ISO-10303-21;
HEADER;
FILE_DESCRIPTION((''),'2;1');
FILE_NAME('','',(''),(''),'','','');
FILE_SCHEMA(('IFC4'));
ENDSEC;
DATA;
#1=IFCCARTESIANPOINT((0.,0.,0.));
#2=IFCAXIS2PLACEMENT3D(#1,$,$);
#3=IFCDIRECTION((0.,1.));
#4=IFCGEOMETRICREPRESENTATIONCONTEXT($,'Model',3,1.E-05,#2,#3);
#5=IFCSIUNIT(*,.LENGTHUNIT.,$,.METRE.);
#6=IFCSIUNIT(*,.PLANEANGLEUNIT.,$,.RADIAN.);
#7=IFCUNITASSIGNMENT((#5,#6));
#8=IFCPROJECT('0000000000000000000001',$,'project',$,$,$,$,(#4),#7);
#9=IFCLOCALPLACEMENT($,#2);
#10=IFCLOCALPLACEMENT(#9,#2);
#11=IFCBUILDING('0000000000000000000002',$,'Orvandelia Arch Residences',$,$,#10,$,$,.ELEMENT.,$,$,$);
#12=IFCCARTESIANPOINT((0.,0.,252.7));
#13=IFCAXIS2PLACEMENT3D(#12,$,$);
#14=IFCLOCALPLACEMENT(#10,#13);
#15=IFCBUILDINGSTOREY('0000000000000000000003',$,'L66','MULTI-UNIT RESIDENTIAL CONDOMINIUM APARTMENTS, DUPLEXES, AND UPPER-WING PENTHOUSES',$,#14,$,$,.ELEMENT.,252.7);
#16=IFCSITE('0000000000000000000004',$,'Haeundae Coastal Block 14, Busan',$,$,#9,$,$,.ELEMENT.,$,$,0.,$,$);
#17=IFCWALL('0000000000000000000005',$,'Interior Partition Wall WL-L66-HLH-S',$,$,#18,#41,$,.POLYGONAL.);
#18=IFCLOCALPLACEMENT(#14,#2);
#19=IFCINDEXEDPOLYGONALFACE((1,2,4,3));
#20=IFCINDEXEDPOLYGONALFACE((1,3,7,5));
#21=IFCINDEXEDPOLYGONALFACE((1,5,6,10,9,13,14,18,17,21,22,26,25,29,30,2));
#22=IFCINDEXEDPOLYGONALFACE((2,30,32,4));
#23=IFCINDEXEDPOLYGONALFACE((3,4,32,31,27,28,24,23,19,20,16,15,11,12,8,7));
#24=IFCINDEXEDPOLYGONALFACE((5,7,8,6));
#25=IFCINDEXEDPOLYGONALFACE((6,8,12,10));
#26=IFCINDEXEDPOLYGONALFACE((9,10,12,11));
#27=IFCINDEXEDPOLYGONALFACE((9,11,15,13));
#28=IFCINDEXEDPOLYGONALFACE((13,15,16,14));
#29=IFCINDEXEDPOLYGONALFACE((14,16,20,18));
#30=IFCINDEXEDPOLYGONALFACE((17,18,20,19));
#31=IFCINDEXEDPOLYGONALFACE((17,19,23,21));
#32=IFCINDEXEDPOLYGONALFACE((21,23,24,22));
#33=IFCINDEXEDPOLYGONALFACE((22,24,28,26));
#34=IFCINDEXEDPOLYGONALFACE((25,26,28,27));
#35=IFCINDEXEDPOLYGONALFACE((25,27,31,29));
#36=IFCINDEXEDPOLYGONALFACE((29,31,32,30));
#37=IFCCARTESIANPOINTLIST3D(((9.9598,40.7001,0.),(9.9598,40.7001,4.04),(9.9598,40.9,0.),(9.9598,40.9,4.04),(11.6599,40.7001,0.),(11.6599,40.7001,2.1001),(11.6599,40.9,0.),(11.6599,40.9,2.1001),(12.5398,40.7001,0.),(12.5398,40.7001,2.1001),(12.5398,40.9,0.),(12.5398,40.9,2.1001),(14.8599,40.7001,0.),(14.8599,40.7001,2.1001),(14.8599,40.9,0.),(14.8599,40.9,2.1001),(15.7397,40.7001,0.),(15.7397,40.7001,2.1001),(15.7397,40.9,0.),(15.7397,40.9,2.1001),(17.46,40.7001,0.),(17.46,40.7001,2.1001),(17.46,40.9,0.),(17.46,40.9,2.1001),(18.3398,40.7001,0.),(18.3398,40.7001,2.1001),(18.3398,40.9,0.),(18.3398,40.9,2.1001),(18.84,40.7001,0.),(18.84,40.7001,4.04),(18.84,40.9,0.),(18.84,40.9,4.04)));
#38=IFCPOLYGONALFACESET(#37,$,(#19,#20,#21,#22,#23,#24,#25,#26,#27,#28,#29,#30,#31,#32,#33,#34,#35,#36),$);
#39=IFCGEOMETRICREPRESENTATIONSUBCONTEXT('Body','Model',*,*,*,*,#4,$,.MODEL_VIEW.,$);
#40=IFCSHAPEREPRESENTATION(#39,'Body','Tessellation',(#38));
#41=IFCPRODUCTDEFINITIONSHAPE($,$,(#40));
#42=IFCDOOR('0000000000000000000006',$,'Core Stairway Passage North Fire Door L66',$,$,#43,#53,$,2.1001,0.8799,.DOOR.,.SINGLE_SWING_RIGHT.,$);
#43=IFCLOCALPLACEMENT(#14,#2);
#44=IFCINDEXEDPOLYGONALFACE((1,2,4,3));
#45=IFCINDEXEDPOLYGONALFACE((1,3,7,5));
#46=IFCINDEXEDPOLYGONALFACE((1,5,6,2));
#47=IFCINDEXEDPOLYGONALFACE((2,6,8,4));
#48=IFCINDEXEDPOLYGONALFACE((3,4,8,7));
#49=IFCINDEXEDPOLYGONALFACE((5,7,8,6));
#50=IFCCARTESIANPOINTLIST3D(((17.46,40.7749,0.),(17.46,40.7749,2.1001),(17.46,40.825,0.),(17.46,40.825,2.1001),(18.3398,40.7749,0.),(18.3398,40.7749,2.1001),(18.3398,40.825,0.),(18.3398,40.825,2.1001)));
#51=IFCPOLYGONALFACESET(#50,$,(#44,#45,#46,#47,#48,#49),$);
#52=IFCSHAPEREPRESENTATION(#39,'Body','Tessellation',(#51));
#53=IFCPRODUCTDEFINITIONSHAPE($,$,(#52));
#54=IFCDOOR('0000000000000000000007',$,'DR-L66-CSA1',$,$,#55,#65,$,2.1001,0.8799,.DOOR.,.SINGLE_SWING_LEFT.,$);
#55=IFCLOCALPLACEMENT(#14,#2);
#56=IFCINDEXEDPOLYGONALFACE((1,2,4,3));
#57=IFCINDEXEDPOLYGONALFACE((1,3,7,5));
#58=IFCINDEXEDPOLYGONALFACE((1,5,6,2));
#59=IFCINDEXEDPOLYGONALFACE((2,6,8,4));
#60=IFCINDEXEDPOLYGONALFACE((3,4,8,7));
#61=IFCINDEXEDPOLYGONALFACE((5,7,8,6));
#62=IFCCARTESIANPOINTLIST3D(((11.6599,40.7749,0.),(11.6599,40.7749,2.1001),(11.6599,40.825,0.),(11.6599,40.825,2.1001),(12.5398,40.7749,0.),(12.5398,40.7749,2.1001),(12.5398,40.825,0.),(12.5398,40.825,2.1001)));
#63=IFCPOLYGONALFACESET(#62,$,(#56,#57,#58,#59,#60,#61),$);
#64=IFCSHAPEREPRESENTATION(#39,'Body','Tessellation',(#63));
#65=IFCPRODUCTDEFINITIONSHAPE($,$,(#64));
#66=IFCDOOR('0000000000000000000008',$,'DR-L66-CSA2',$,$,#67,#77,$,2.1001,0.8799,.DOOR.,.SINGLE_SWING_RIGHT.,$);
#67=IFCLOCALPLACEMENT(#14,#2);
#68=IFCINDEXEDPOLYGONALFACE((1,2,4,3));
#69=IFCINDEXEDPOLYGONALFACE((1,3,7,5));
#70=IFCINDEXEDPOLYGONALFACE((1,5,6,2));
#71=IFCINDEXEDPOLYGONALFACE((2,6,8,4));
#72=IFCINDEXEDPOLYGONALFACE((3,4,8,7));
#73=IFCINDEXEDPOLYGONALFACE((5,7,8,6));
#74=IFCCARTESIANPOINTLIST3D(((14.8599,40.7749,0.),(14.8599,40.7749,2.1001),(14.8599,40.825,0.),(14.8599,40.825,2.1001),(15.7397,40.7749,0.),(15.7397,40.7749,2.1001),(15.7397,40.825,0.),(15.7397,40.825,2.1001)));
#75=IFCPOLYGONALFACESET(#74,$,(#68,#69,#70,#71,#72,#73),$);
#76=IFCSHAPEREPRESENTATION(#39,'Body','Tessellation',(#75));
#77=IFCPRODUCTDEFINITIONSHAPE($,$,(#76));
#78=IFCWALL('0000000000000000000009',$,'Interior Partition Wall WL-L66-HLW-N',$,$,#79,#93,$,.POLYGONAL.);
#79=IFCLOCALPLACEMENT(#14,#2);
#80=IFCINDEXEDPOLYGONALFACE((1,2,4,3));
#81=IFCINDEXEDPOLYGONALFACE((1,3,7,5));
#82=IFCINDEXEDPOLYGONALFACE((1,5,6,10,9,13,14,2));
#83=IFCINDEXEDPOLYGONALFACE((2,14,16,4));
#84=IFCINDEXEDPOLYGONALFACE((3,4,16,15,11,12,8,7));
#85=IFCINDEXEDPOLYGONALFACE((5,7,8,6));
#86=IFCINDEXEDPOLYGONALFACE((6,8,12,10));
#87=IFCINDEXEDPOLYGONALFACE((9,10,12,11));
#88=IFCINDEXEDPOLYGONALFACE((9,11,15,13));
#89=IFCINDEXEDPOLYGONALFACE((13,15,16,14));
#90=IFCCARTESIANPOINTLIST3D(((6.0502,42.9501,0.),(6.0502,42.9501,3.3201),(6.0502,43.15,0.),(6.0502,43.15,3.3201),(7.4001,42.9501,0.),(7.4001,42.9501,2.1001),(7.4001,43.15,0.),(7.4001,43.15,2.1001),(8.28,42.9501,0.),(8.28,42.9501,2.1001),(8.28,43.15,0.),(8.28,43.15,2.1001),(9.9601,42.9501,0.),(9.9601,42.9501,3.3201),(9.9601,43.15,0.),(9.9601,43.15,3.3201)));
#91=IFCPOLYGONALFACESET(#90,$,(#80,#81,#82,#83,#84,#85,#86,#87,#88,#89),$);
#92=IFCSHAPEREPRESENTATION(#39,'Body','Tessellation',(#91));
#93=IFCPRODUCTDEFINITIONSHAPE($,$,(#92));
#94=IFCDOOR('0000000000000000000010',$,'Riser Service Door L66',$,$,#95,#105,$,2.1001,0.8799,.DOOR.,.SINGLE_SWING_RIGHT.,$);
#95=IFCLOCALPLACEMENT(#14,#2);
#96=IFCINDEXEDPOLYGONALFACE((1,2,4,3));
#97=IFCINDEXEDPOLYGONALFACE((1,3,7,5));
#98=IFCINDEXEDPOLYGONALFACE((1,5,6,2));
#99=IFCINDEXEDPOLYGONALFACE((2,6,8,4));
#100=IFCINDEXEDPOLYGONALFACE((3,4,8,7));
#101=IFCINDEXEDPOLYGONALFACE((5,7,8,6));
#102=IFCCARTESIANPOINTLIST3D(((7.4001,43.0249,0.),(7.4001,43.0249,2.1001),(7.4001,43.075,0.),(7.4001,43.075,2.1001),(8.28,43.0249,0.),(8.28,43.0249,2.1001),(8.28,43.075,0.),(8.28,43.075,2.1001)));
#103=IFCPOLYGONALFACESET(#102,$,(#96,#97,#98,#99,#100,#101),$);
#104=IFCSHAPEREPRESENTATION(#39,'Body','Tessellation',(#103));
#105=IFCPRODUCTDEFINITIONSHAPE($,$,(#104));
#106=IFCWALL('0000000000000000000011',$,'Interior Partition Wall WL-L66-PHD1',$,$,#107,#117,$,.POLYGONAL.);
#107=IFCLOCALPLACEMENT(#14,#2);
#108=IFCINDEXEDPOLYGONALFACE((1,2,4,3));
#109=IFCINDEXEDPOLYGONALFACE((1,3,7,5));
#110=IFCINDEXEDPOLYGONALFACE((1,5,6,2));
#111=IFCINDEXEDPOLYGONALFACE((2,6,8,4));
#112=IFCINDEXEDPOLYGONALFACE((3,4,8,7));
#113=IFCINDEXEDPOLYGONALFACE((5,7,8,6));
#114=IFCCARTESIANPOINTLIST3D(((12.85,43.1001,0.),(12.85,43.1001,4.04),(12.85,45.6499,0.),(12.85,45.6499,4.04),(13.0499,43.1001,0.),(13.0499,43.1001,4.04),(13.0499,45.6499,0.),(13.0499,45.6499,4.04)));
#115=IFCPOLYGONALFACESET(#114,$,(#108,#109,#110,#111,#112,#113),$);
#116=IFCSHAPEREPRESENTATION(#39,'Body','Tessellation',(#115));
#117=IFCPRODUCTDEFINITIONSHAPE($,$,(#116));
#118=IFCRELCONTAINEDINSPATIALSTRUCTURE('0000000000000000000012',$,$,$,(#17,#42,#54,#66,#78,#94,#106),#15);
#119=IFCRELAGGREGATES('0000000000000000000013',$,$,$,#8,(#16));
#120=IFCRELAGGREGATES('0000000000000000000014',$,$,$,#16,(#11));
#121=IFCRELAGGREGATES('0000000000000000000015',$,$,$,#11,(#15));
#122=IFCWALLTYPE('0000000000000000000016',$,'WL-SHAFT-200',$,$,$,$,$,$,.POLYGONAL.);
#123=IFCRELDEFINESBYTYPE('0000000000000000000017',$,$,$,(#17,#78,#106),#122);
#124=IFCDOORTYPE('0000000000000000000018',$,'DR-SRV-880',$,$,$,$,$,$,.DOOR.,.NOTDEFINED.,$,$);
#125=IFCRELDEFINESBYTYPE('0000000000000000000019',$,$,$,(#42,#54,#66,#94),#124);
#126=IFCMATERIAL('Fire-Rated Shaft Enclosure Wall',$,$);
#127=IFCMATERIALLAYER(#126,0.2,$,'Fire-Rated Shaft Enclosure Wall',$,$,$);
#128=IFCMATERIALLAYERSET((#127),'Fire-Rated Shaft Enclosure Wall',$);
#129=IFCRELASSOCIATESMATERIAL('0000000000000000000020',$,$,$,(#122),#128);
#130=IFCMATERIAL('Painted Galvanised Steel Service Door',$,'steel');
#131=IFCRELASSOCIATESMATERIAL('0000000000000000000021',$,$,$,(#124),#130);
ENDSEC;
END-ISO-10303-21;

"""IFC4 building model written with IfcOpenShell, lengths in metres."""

from ifc_helpers import new_model, si_unit, direction, frame, frame_2d, origin, place, context, subcontext, project, spatial, rectangle, extrude, material, layer, layer_set, type_object, element, fill, save


model = new_model("IFC4")

# Units and contexts
model_context = context("Model", 3, precision=1e-05, world=origin(), true_north=direction((0.0, 1.0)))
body_context = subcontext(model_context, "Body", "Model", "MODEL_VIEW")
ifc_project = project(units=[si_unit("LENGTHUNIT", "METRE"), si_unit("PLANEANGLEUNIT", "RADIAN")], contexts=[model_context])

# Site, building, storey
site_placement = place(None, origin())
site = spatial("IfcSite", under=ifc_project, at=site_placement, Name="Haeundae Coastal Block 14, Busan", CompositionType="ELEMENT", RefElevation=0.0)
building_placement = place(site_placement, origin())
building = spatial("IfcBuilding", under=site, at=building_placement, Name="Orvandelia Arch Residences", CompositionType="ELEMENT")
storey_placement = place(building_placement, frame((0.0, 0.0, 252.7)))
storey = spatial("IfcBuildingStorey", under=building, at=storey_placement, Name="L66", Description="MULTI-UNIT RESIDENTIAL CONDOMINIUM APARTMENTS, DUPLEXES, AND UPPER-WING PENTHOUSES", CompositionType="ELEMENT", Elevation=252.7)

# Shared definitions
ifc_material_1 = material(Name="Fire-Rated Shaft Enclosure Wall")
ifc_layer_1 = layer(ifc_material_1, 0.2, Name="Fire-Rated Shaft Enclosure Wall")
ifc_layer_set_1 = layer_set([ifc_layer_1], Name="Fire-Rated Shaft Enclosure Wall")
wall_type_1 = type_object("IfcWallType", Name="WL-SHAFT-200", PredefinedType="POLYGONAL", material=ifc_layer_set_1)

# Wall, openings, doors
wall_1_placement = place(storey_placement, frame((9.96, 40.8, 0.0), z_axis=(0.0, 0.0, 1.0), x_axis=(1.0, 0.0, 0.0)))
wall_1 = element("IfcWall", 1, at=wall_1_placement, inside=storey, type_object=wall_type_1, Name="Interior Partition Wall WL-L66-HLH-S", PredefinedType="POLYGONAL", context=body_context, shape_type="SweptSolid", body=[
    extrude(rectangle(XDim=8.8801, YDim=0.2, at=frame_2d((4.4399, 0.0))), origin(), (0.0, 0.0, 1.0), 4.04),
])
opening_1_placement = place(wall_1_placement, frame((7.5, 0.0, 0.0)))
opening_1 = element("IfcOpeningElement", 2, at=opening_1_placement, cuts=wall_1, PredefinedType="OPENING", context=body_context, shape_type="SweptSolid", body=[
    extrude(rectangle(XDim=0.8799, YDim=2.1001, at=frame_2d((0.4399, 1.05))), frame((0.0, 0.1099, 0.0), z_axis=(0.0, -1.0, 0.0), x_axis=(1.0, 0.0, 0.0)), (0.0, 0.0, 1.0), 0.22),
])
opening_2_placement = place(wall_1_placement, frame((1.7, 0.0, 0.0)))
opening_2 = element("IfcOpeningElement", 3, at=opening_2_placement, cuts=wall_1, PredefinedType="OPENING", context=body_context, shape_type="SweptSolid", body=[
    extrude(rectangle(XDim=0.8799, YDim=2.1001, at=frame_2d((0.4399, 1.05))), frame((0.0, 0.1099, 0.0), z_axis=(0.0, -1.0, 0.0), x_axis=(1.0, 0.0, 0.0)), (0.0, 0.0, 1.0), 0.22),
])
opening_3_placement = place(wall_1_placement, frame((4.8999, 0.0, 0.0)))
opening_3 = element("IfcOpeningElement", 4, at=opening_3_placement, cuts=wall_1, PredefinedType="OPENING", context=body_context, shape_type="SweptSolid", body=[
    extrude(rectangle(XDim=0.8799, YDim=2.1001, at=frame_2d((0.4399, 1.05))), frame((0.0, 0.1099, 0.0), z_axis=(0.0, -1.0, 0.0), x_axis=(1.0, 0.0, 0.0)), (0.0, 0.0, 1.0), 0.22),
])
ifc_material_2 = material(Name="Painted Galvanised Steel Service Door", Category="steel")
door_type_1 = type_object("IfcDoorType", Name="DR-SRV-880", OperationType="NOTDEFINED", PredefinedType="DOOR", material=ifc_material_2)
door_1_placement = place(opening_1_placement, origin())
door_1 = element("IfcDoor", 5, at=door_1_placement, inside=storey, type_object=door_type_1, Name="Core Stairway Passage North Fire Door L66", OperationType="SINGLE_SWING_RIGHT", OverallHeight=2.1001, OverallWidth=0.8799, PredefinedType="DOOR", context=body_context, shape_type="SweptSolid", body=[
    extrude(rectangle(XDim=0.8799, YDim=2.1001, at=frame_2d((0.4399, 1.05))), frame((0.0, 0.0249, 0.0), z_axis=(0.0, -1.0, 0.0), x_axis=(1.0, 0.0, 0.0)), (0.0, 0.0, 1.0), 0.05),
])
fill(opening_1, door_1)
door_2_placement = place(opening_2_placement, origin())
door_2 = element("IfcDoor", 6, at=door_2_placement, inside=storey, type_object=door_type_1, Name="DR-L66-CSA1", OperationType="SINGLE_SWING_LEFT", OverallHeight=2.1001, OverallWidth=0.8799, PredefinedType="DOOR", context=body_context, shape_type="SweptSolid", body=[
    extrude(rectangle(XDim=0.8799, YDim=2.1001, at=frame_2d((0.4399, 1.05))), frame((0.0, 0.0249, 0.0), z_axis=(0.0, -1.0, 0.0), x_axis=(1.0, 0.0, 0.0)), (0.0, 0.0, 1.0), 0.05),
])
fill(opening_2, door_2)
door_3_placement = place(opening_3_placement, origin())
door_3 = element("IfcDoor", 7, at=door_3_placement, inside=storey, type_object=door_type_1, Name="DR-L66-CSA2", OperationType="SINGLE_SWING_RIGHT", OverallHeight=2.1001, OverallWidth=0.8799, PredefinedType="DOOR", context=body_context, shape_type="SweptSolid", body=[
    extrude(rectangle(XDim=0.8799, YDim=2.1001, at=frame_2d((0.4399, 1.05))), frame((0.0, 0.0249, 0.0), z_axis=(0.0, -1.0, 0.0), x_axis=(1.0, 0.0, 0.0)), (0.0, 0.0, 1.0), 0.05),
])
fill(opening_3, door_3)

# Wall, opening, door
wall_2_placement = place(storey_placement, frame((6.05, 43.05, 0.0), z_axis=(0.0, 0.0, 1.0), x_axis=(1.0, 0.0, 0.0)))
wall_2 = element("IfcWall", 8, at=wall_2_placement, inside=storey, type_object=wall_type_1, Name="Interior Partition Wall WL-L66-HLW-N", PredefinedType="POLYGONAL", context=body_context, shape_type="SweptSolid", body=[
    extrude(rectangle(XDim=3.9099, YDim=0.2, at=frame_2d((1.9551, 0.0))), origin(), (0.0, 0.0, 1.0), 3.3201),
])
opening_4_placement = place(wall_2_placement, frame((1.3501, 0.0, 0.0)))
opening_4 = element("IfcOpeningElement", 9, at=opening_4_placement, cuts=wall_2, PredefinedType="OPENING", context=body_context, shape_type="SweptSolid", body=[
    extrude(rectangle(XDim=0.8799, YDim=2.1001, at=frame_2d((0.4399, 1.05))), frame((0.0, 0.1099, 0.0), z_axis=(0.0, -1.0, 0.0), x_axis=(1.0, 0.0, 0.0)), (0.0, 0.0, 1.0), 0.22),
])
door_4_placement = place(opening_4_placement, origin())
door_4 = element("IfcDoor", 10, at=door_4_placement, inside=storey, type_object=door_type_1, Name="Riser Service Door L66", OperationType="SINGLE_SWING_RIGHT", OverallHeight=2.1001, OverallWidth=0.8799, PredefinedType="DOOR", context=body_context, shape_type="SweptSolid", body=[
    extrude(rectangle(XDim=0.8799, YDim=2.1001, at=frame_2d((0.4399, 1.05))), frame((0.0, 0.0249, 0.0), z_axis=(0.0, -1.0, 0.0), x_axis=(1.0, 0.0, 0.0)), (0.0, 0.0, 1.0), 0.05),
])
fill(opening_4, door_4)

# Wall
wall_3_placement = place(storey_placement, frame((12.95, 43.1001, 0.0), z_axis=(0.0, 0.0, 1.0), x_axis=(0.0, 1.0, 0.0)))
element("IfcWall", 11, at=wall_3_placement, inside=storey, type_object=wall_type_1, Name="Interior Partition Wall WL-L66-PHD1", PredefinedType="POLYGONAL", context=body_context, shape_type="SweptSolid", body=[
    extrude(rectangle(XDim=2.5498, YDim=0.2, at=frame_2d((1.2749, 0.0))), origin(), (0.0, 0.0, 1.0), 4.04),
])

save(model, "model.ifc")
